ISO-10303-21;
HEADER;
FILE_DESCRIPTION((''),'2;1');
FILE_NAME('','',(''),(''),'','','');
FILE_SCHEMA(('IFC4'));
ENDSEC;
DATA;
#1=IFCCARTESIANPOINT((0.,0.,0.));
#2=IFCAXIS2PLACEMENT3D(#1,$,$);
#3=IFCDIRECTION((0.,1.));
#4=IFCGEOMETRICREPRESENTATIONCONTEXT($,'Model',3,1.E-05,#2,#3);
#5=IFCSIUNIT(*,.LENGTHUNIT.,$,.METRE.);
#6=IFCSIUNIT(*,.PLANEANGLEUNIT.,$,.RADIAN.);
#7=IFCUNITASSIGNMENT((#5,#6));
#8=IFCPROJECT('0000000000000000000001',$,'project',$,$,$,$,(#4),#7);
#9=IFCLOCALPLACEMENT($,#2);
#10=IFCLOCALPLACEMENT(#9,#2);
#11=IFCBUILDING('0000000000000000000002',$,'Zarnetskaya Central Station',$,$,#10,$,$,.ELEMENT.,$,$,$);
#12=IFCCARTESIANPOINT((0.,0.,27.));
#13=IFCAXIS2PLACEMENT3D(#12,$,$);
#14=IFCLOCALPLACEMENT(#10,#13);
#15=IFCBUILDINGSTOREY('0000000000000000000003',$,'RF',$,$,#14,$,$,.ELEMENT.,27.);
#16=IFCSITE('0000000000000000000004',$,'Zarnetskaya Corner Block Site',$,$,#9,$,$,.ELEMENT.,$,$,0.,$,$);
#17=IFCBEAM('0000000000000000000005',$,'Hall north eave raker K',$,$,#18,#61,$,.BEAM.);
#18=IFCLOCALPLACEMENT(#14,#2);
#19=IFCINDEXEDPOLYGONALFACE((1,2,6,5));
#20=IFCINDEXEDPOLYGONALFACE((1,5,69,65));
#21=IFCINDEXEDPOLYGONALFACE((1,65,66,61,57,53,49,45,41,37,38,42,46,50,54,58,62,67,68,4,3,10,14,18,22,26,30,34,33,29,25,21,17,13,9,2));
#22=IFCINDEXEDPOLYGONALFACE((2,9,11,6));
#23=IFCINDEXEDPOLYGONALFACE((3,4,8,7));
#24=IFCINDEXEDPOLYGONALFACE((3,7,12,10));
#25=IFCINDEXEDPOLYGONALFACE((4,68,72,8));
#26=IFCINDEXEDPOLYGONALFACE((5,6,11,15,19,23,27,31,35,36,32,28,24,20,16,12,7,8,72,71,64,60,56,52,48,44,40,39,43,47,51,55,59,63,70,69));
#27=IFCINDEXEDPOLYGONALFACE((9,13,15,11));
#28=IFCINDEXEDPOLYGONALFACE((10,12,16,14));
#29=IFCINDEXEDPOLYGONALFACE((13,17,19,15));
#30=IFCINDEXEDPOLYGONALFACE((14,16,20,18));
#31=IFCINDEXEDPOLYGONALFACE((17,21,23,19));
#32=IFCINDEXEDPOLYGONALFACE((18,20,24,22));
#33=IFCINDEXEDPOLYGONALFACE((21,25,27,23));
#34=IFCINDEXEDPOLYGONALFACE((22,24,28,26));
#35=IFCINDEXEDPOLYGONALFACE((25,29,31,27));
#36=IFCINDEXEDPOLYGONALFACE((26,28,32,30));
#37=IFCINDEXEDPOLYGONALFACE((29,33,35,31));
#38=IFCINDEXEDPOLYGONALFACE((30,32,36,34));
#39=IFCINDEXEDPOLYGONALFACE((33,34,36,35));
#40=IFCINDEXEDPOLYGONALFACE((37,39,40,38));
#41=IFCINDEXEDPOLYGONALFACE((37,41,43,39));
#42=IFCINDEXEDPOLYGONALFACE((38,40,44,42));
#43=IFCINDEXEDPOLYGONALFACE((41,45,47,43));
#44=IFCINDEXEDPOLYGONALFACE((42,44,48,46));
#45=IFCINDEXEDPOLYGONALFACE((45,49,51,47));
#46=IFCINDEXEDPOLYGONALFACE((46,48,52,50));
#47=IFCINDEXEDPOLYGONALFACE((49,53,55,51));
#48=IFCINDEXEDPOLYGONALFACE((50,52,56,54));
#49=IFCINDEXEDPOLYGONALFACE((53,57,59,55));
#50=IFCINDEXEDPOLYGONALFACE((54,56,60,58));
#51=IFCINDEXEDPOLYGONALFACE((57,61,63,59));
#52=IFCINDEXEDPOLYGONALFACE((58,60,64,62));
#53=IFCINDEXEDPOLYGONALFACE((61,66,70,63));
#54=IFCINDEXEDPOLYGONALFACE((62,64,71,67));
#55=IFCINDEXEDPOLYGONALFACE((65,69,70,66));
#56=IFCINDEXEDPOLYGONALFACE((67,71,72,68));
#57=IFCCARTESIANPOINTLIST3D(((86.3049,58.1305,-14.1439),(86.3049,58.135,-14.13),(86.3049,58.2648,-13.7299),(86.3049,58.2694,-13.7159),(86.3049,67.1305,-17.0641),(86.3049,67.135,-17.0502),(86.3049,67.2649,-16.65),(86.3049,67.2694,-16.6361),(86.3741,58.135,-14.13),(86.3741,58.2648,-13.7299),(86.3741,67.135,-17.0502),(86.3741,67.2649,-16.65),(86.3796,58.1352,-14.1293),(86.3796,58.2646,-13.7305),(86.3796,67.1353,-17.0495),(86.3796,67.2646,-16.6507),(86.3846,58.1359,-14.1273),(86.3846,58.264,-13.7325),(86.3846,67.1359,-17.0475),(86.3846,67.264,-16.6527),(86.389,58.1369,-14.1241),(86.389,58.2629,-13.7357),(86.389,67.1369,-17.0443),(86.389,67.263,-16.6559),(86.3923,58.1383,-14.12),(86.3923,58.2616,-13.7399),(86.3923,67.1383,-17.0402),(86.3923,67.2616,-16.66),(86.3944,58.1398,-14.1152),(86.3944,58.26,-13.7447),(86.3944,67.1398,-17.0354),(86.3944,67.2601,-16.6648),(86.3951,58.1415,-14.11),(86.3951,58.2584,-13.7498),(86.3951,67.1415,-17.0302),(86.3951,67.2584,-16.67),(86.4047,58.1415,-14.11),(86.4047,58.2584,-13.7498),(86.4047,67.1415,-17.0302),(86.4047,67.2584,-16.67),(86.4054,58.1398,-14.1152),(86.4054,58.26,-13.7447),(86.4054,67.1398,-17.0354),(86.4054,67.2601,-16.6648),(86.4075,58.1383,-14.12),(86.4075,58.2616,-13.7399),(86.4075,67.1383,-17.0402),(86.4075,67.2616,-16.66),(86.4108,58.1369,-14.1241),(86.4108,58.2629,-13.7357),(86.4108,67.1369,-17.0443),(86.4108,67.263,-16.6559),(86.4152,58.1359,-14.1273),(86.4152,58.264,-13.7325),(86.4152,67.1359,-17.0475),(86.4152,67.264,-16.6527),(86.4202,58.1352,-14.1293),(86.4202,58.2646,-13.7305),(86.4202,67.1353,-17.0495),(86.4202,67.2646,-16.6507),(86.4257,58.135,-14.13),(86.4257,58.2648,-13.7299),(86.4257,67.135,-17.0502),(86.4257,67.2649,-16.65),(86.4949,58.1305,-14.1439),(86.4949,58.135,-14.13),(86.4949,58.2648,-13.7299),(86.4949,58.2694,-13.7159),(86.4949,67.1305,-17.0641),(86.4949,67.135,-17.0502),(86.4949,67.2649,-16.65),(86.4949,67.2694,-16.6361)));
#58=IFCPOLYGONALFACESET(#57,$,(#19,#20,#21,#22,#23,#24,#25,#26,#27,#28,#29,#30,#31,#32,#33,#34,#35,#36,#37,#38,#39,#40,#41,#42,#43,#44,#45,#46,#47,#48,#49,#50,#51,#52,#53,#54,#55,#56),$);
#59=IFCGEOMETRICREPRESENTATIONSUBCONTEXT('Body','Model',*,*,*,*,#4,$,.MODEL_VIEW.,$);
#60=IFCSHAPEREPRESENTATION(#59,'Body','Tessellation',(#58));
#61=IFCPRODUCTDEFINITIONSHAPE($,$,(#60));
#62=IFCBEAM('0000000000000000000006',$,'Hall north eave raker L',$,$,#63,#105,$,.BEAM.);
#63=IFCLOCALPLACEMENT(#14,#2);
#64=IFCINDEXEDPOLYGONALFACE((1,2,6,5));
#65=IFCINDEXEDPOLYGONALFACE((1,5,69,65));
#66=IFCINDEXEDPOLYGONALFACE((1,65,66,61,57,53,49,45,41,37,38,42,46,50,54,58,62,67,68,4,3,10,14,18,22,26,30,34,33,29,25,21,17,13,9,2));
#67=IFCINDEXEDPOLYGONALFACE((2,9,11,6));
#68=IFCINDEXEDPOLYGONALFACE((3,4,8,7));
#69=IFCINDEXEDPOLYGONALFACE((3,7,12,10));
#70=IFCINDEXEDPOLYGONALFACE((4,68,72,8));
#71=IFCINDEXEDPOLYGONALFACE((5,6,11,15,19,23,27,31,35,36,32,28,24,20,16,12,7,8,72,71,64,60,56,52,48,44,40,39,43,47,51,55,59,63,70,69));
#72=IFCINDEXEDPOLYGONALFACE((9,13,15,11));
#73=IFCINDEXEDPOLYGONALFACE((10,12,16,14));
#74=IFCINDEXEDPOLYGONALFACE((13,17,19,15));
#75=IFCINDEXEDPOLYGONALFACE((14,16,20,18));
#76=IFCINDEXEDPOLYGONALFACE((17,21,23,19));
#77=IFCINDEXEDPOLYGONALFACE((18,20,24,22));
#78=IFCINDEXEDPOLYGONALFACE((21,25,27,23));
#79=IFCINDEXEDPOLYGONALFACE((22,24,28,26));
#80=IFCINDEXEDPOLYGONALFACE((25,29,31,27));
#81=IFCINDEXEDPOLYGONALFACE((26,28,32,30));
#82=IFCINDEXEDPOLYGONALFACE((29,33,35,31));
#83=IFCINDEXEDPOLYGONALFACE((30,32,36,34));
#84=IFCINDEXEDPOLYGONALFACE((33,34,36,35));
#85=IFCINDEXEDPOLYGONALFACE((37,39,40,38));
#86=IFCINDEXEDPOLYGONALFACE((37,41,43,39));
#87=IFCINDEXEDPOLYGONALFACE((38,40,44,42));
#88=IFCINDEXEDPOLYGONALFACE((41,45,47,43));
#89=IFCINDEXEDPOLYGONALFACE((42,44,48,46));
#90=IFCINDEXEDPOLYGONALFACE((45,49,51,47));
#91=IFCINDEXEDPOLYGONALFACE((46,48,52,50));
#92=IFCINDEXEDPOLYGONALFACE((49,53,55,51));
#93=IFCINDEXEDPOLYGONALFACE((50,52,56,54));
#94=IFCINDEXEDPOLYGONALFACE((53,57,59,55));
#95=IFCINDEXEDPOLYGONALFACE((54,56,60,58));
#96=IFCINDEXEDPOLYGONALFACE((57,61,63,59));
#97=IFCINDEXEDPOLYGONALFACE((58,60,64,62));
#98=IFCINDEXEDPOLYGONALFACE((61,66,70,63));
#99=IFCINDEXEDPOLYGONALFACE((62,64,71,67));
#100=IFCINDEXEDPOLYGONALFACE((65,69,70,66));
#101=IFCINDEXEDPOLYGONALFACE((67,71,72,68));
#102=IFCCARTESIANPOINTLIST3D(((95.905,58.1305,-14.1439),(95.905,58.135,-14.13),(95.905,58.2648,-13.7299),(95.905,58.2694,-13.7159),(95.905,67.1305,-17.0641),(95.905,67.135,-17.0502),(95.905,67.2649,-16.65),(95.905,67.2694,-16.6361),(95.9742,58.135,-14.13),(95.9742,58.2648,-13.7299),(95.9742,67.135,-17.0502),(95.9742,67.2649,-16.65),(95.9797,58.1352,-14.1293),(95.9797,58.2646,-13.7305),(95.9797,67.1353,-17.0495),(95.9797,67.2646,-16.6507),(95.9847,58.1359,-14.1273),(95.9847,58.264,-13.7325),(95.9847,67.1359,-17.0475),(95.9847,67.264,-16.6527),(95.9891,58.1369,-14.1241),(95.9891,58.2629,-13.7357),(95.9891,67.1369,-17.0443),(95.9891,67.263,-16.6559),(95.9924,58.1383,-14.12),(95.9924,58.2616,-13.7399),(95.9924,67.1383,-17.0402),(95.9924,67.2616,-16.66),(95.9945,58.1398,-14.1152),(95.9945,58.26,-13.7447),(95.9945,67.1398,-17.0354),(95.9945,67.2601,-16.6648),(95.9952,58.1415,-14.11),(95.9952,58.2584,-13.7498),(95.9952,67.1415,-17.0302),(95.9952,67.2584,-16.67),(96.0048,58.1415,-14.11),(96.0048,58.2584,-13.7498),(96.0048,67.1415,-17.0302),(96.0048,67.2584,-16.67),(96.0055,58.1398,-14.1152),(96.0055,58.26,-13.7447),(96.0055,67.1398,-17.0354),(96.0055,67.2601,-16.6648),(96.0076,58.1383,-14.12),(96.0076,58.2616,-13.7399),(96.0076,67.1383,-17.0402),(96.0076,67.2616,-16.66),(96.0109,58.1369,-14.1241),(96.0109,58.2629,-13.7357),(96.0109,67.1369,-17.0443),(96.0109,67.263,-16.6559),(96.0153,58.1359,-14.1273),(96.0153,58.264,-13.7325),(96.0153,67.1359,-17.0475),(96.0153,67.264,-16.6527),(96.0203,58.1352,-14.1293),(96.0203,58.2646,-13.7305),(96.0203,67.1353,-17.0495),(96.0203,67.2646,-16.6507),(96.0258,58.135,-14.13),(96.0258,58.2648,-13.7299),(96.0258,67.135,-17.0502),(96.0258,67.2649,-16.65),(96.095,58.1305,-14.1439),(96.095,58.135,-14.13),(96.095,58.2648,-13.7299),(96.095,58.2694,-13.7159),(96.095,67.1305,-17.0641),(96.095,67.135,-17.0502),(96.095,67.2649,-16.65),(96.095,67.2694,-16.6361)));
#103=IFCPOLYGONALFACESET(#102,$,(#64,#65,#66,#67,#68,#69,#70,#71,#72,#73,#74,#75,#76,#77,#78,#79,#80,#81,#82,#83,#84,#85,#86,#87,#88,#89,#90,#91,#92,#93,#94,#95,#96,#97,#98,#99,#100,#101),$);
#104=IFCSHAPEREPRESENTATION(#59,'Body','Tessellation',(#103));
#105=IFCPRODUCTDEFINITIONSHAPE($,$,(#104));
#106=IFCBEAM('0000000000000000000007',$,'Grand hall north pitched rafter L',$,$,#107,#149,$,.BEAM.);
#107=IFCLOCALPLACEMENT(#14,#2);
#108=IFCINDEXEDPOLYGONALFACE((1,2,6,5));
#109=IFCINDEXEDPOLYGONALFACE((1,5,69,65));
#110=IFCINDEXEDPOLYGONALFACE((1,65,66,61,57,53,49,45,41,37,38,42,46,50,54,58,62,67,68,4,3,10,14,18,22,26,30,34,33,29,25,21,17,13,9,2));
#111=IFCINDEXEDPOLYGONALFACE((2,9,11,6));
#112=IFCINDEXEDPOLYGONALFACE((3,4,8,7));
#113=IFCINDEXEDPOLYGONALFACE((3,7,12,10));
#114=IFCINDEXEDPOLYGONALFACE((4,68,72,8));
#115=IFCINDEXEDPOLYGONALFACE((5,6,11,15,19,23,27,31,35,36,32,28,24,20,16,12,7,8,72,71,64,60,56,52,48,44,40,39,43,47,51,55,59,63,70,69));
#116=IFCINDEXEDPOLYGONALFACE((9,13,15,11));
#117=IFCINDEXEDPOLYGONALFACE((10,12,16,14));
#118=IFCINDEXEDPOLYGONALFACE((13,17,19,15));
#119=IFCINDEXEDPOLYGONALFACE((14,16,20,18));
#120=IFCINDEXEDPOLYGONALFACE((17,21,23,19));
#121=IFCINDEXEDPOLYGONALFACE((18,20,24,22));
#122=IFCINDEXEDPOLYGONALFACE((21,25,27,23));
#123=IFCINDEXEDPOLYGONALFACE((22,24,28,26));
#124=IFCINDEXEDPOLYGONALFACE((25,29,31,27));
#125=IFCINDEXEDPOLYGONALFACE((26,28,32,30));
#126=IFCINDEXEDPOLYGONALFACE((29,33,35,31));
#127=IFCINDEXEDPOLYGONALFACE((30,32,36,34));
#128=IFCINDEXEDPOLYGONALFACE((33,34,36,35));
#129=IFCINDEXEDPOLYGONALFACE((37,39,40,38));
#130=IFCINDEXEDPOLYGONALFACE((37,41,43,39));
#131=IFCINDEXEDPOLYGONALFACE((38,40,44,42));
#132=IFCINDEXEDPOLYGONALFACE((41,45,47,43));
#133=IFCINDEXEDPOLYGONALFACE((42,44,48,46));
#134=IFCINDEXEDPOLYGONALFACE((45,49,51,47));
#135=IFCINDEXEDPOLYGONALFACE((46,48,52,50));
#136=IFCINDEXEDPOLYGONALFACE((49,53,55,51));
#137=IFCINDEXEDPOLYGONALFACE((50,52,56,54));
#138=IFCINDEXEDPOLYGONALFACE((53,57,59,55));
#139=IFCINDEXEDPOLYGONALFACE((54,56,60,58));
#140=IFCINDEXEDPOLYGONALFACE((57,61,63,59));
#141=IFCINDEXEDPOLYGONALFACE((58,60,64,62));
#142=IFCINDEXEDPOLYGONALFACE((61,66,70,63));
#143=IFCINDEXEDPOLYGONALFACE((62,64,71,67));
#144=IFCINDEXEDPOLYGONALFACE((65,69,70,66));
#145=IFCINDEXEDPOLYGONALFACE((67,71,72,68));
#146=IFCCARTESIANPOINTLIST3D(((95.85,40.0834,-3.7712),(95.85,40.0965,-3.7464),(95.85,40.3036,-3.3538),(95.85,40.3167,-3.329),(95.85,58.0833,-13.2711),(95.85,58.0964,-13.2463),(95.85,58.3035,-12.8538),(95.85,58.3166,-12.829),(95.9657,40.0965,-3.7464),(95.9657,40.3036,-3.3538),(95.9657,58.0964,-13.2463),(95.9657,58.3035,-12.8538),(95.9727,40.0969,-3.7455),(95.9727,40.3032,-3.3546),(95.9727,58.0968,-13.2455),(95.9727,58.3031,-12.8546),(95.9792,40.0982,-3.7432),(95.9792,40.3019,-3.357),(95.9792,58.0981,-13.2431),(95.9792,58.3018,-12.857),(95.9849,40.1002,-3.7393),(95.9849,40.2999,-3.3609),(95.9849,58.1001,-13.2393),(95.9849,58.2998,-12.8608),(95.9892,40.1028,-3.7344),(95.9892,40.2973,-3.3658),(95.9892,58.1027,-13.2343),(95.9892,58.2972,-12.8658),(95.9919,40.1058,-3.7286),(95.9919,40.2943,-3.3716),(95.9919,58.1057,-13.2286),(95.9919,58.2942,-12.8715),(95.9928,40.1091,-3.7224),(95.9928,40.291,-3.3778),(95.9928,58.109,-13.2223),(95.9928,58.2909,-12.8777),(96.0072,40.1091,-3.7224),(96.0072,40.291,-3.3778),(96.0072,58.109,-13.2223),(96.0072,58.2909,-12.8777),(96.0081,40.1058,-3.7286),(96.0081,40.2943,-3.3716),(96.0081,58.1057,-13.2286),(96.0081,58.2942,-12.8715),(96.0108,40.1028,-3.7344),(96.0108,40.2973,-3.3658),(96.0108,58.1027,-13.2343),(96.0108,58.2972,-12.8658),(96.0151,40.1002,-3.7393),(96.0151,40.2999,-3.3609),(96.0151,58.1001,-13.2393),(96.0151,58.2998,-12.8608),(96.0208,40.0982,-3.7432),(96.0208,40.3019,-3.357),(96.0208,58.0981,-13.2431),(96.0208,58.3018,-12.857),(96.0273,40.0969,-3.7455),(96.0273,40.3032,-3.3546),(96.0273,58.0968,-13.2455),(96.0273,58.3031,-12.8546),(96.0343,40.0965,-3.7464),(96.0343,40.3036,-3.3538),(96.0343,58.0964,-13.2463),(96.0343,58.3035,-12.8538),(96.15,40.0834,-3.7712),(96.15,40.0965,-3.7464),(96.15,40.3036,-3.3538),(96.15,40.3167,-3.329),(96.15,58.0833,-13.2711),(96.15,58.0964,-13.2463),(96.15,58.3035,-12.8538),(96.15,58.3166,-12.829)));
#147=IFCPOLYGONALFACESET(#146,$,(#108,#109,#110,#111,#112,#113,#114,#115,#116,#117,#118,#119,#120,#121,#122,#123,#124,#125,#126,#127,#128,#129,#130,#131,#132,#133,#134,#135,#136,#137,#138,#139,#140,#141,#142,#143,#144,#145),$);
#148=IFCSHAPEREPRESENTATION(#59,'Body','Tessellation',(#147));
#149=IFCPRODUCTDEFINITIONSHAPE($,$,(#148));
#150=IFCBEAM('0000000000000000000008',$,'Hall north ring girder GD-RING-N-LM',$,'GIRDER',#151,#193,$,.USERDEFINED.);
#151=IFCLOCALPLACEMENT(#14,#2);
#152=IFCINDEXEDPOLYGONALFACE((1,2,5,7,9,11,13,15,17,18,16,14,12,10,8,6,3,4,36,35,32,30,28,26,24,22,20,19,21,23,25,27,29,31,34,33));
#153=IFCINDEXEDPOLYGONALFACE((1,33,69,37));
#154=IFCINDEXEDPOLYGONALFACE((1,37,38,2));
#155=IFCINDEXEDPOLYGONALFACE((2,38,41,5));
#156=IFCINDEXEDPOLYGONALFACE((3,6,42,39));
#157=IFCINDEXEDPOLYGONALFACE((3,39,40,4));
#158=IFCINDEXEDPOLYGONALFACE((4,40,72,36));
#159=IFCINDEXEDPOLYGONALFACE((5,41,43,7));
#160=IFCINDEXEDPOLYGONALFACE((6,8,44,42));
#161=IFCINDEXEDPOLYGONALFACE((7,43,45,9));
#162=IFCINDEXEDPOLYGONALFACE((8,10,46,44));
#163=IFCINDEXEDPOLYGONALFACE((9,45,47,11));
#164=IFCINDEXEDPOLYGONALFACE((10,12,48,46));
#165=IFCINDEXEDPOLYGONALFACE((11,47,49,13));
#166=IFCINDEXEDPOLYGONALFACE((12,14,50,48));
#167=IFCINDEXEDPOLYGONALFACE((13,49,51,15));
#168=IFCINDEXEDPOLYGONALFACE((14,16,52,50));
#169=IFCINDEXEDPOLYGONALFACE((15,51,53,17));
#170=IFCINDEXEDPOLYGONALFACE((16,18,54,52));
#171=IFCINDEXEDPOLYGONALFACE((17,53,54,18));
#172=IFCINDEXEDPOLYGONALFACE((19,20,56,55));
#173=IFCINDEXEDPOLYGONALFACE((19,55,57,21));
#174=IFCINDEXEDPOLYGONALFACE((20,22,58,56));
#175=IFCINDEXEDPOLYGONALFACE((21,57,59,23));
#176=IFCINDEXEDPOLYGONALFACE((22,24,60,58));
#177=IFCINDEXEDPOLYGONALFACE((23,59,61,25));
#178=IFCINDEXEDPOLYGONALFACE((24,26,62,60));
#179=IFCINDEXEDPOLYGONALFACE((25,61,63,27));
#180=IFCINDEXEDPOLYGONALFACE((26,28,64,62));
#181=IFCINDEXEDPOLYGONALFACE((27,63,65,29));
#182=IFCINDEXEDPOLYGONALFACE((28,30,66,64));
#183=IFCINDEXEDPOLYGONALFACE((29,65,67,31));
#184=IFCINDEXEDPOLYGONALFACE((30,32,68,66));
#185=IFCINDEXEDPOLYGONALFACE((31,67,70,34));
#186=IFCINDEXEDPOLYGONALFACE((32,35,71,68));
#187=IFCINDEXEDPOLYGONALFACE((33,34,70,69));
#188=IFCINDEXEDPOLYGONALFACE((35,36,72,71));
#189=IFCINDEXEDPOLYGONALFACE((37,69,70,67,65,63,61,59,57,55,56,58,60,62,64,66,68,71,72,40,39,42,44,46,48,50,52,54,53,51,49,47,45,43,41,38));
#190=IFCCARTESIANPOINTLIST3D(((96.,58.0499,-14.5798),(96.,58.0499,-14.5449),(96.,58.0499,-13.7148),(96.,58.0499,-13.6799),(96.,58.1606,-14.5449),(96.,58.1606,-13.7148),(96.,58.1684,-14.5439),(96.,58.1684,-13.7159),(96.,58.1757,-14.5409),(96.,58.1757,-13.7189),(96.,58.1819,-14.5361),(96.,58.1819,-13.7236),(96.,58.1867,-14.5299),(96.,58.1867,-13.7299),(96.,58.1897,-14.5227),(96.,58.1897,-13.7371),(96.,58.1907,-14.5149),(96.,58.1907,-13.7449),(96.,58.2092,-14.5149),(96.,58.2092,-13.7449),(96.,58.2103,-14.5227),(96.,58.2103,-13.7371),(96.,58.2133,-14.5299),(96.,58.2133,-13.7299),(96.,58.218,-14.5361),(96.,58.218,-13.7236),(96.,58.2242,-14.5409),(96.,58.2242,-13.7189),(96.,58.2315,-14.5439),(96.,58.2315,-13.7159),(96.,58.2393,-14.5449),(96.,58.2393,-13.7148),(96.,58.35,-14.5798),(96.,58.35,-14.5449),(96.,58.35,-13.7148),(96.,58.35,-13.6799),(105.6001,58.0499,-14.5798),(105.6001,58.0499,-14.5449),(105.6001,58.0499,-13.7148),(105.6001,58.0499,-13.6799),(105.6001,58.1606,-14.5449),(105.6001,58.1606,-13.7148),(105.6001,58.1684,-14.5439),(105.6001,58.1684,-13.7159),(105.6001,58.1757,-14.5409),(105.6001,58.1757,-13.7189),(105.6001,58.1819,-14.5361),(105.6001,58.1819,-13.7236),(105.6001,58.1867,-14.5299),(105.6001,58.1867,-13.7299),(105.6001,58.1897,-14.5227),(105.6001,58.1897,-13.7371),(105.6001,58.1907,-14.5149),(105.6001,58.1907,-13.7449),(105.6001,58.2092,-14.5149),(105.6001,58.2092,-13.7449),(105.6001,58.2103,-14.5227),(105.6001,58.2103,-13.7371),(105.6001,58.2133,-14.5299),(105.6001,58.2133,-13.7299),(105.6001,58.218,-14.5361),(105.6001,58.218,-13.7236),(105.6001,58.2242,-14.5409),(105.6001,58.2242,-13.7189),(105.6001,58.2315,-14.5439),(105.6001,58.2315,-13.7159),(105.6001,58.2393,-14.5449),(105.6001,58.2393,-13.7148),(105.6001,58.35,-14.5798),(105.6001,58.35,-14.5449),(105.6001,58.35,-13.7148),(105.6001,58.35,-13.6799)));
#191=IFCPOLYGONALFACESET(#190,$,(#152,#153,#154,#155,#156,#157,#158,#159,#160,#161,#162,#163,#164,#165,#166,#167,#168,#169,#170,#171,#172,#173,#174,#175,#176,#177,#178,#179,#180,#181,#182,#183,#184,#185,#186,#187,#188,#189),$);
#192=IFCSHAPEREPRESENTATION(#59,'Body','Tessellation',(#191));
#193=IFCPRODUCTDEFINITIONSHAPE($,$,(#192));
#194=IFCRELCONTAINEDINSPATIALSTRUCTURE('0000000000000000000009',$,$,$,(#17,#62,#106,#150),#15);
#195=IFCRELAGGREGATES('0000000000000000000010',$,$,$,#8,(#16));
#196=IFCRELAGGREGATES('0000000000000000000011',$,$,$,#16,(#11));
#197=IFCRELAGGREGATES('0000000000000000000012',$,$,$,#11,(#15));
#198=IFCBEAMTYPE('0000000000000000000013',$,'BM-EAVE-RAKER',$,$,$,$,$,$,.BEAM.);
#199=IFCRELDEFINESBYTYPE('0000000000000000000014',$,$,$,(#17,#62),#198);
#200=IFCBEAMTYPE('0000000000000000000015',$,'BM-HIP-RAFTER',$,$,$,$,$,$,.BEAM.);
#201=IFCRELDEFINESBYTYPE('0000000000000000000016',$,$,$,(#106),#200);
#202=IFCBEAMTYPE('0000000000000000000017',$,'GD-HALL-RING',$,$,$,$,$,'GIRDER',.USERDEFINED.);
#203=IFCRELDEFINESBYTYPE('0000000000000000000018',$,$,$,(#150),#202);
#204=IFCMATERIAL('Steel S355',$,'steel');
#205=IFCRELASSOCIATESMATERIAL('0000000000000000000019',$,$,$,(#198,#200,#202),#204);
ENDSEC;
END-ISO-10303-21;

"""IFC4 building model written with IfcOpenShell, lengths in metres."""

from ifc_helpers import new_model, si_unit, direction, frame, origin, origin_2d, place, context, subcontext, project, spatial, i_section, extrude, material, material_profile, profile_set, type_object, element, save


model = new_model("IFC4")

# Units and contexts
model_context = context("Model", 3, precision=1e-05, world=origin(), true_north=direction((0.0, 1.0)))
body_context = subcontext(model_context, "Body", "Model", "MODEL_VIEW")
ifc_project = project(units=[si_unit("LENGTHUNIT", "METRE"), si_unit("PLANEANGLEUNIT", "RADIAN")], contexts=[model_context])

# Site, building, storey
site_placement = place(None, origin())
site = spatial("IfcSite", under=ifc_project, at=site_placement, Name="Zarnetskaya Corner Block Site", CompositionType="ELEMENT", RefElevation=0.0)
building_placement = place(site_placement, origin())
building = spatial("IfcBuilding", under=site, at=building_placement, Name="Zarnetskaya Central Station", CompositionType="ELEMENT")
storey_placement = place(building_placement, frame((0.0, 0.0, 27.0)))
storey = spatial("IfcBuildingStorey", under=building, at=storey_placement, Name="RF", CompositionType="ELEMENT", Elevation=27.0)

# Beams
ifc_material_1 = material(Name="Steel S355", Category="steel")
ifc_material_profile_1 = material_profile(ifc_material_1, i_section(OverallWidth=0.1899, OverallDepth=0.45, WebThickness=0.0095, FlangeThickness=0.0146, FilletRadius=0.021, at=origin_2d()), Name="IPE 450")
ifc_profile_set_1 = profile_set([ifc_material_profile_1], Name="Steel S355")
beam_type_1 = type_object("IfcBeamType", Name="BM-EAVE-RAKER", PredefinedType="BEAM", material=ifc_profile_set_1)
for number, where, z_axis, x_axis, name in (
    (1, (86.3999, 67.2, -16.8501), (0.0, -0.951184, 0.308624), (1.0, 0.0, 0.0), "Hall north eave raker K"),
    (2, (96.0, 67.2, -16.8501), (0.0, -0.951184, 0.308624), (1.0, 0.0, 0.0), "Hall north eave raker L"),
):
    element("IfcBeam", number, at=place(storey_placement, frame(where, z_axis=z_axis, x_axis=x_axis)), inside=storey, type_object=beam_type_1, Name=name, PredefinedType="BEAM", context=body_context, shape_type="SweptSolid", body=[
        extrude(i_section(OverallWidth=0.1899, OverallDepth=0.45, WebThickness=0.0095, FlangeThickness=0.0146, FilletRadius=0.021, at=origin_2d()), origin(), (0.0, 0.0, 1.0), 9.4619),
    ])
ifc_material_profile_2 = material_profile(ifc_material_1, i_section(OverallWidth=0.3, OverallDepth=0.5, WebThickness=0.0144, FlangeThickness=0.0281, FilletRadius=0.0271, at=origin_2d()), Name="HEB 500")
ifc_profile_set_2 = profile_set([ifc_material_profile_2], Name="Steel S355")
beam_type_2 = type_object("IfcBeamType", Name="BM-HIP-RAFTER", PredefinedType="BEAM", material=ifc_profile_set_2)
beam_1_placement = place(storey_placement, frame((96.0, 58.2, -13.05), z_axis=(0.0, -0.884385, 0.466759), x_axis=(1.0, 0.0, 0.0)))
element("IfcBeam", 3, at=beam_1_placement, inside=storey, type_object=beam_type_2, Name="Grand hall north pitched rafter L", PredefinedType="BEAM", context=body_context, shape_type="SweptSolid", body=[
    extrude(i_section(OverallWidth=0.3, OverallDepth=0.5, WebThickness=0.0144, FlangeThickness=0.0281, FilletRadius=0.0271, at=origin_2d()), origin(), (0.0, 0.0, 1.0), 20.353),
])
ifc_material_profile_3 = material_profile(ifc_material_1, i_section(OverallWidth=0.3, OverallDepth=0.8999, WebThickness=0.0186, FlangeThickness=0.0349, FilletRadius=0.03, at=origin_2d()), Name="HEB 900")
ifc_profile_set_3 = profile_set([ifc_material_profile_3], Name="Steel S355")
beam_type_3 = type_object("IfcBeamType", Name="GD-HALL-RING", ElementType="GIRDER", PredefinedType="USERDEFINED", material=ifc_profile_set_3)
beam_2_placement = place(storey_placement, frame((96.0, 58.2, -14.1299), z_axis=(1.0, 0.0, 0.0), x_axis=(0.0, 1.0, 0.0)))
element("IfcBeam", 4, at=beam_2_placement, inside=storey, type_object=beam_type_3, Name="Hall north ring girder GD-RING-N-LM", ObjectType="GIRDER", PredefinedType="USERDEFINED", context=body_context, shape_type="SweptSolid", body=[
    extrude(i_section(OverallWidth=0.3, OverallDepth=0.8999, WebThickness=0.0186, FlangeThickness=0.0349, FilletRadius=0.03, at=origin_2d()), origin(), (0.0, 0.0, 1.0), 9.6001),
])

save(model, "model.ifc")
